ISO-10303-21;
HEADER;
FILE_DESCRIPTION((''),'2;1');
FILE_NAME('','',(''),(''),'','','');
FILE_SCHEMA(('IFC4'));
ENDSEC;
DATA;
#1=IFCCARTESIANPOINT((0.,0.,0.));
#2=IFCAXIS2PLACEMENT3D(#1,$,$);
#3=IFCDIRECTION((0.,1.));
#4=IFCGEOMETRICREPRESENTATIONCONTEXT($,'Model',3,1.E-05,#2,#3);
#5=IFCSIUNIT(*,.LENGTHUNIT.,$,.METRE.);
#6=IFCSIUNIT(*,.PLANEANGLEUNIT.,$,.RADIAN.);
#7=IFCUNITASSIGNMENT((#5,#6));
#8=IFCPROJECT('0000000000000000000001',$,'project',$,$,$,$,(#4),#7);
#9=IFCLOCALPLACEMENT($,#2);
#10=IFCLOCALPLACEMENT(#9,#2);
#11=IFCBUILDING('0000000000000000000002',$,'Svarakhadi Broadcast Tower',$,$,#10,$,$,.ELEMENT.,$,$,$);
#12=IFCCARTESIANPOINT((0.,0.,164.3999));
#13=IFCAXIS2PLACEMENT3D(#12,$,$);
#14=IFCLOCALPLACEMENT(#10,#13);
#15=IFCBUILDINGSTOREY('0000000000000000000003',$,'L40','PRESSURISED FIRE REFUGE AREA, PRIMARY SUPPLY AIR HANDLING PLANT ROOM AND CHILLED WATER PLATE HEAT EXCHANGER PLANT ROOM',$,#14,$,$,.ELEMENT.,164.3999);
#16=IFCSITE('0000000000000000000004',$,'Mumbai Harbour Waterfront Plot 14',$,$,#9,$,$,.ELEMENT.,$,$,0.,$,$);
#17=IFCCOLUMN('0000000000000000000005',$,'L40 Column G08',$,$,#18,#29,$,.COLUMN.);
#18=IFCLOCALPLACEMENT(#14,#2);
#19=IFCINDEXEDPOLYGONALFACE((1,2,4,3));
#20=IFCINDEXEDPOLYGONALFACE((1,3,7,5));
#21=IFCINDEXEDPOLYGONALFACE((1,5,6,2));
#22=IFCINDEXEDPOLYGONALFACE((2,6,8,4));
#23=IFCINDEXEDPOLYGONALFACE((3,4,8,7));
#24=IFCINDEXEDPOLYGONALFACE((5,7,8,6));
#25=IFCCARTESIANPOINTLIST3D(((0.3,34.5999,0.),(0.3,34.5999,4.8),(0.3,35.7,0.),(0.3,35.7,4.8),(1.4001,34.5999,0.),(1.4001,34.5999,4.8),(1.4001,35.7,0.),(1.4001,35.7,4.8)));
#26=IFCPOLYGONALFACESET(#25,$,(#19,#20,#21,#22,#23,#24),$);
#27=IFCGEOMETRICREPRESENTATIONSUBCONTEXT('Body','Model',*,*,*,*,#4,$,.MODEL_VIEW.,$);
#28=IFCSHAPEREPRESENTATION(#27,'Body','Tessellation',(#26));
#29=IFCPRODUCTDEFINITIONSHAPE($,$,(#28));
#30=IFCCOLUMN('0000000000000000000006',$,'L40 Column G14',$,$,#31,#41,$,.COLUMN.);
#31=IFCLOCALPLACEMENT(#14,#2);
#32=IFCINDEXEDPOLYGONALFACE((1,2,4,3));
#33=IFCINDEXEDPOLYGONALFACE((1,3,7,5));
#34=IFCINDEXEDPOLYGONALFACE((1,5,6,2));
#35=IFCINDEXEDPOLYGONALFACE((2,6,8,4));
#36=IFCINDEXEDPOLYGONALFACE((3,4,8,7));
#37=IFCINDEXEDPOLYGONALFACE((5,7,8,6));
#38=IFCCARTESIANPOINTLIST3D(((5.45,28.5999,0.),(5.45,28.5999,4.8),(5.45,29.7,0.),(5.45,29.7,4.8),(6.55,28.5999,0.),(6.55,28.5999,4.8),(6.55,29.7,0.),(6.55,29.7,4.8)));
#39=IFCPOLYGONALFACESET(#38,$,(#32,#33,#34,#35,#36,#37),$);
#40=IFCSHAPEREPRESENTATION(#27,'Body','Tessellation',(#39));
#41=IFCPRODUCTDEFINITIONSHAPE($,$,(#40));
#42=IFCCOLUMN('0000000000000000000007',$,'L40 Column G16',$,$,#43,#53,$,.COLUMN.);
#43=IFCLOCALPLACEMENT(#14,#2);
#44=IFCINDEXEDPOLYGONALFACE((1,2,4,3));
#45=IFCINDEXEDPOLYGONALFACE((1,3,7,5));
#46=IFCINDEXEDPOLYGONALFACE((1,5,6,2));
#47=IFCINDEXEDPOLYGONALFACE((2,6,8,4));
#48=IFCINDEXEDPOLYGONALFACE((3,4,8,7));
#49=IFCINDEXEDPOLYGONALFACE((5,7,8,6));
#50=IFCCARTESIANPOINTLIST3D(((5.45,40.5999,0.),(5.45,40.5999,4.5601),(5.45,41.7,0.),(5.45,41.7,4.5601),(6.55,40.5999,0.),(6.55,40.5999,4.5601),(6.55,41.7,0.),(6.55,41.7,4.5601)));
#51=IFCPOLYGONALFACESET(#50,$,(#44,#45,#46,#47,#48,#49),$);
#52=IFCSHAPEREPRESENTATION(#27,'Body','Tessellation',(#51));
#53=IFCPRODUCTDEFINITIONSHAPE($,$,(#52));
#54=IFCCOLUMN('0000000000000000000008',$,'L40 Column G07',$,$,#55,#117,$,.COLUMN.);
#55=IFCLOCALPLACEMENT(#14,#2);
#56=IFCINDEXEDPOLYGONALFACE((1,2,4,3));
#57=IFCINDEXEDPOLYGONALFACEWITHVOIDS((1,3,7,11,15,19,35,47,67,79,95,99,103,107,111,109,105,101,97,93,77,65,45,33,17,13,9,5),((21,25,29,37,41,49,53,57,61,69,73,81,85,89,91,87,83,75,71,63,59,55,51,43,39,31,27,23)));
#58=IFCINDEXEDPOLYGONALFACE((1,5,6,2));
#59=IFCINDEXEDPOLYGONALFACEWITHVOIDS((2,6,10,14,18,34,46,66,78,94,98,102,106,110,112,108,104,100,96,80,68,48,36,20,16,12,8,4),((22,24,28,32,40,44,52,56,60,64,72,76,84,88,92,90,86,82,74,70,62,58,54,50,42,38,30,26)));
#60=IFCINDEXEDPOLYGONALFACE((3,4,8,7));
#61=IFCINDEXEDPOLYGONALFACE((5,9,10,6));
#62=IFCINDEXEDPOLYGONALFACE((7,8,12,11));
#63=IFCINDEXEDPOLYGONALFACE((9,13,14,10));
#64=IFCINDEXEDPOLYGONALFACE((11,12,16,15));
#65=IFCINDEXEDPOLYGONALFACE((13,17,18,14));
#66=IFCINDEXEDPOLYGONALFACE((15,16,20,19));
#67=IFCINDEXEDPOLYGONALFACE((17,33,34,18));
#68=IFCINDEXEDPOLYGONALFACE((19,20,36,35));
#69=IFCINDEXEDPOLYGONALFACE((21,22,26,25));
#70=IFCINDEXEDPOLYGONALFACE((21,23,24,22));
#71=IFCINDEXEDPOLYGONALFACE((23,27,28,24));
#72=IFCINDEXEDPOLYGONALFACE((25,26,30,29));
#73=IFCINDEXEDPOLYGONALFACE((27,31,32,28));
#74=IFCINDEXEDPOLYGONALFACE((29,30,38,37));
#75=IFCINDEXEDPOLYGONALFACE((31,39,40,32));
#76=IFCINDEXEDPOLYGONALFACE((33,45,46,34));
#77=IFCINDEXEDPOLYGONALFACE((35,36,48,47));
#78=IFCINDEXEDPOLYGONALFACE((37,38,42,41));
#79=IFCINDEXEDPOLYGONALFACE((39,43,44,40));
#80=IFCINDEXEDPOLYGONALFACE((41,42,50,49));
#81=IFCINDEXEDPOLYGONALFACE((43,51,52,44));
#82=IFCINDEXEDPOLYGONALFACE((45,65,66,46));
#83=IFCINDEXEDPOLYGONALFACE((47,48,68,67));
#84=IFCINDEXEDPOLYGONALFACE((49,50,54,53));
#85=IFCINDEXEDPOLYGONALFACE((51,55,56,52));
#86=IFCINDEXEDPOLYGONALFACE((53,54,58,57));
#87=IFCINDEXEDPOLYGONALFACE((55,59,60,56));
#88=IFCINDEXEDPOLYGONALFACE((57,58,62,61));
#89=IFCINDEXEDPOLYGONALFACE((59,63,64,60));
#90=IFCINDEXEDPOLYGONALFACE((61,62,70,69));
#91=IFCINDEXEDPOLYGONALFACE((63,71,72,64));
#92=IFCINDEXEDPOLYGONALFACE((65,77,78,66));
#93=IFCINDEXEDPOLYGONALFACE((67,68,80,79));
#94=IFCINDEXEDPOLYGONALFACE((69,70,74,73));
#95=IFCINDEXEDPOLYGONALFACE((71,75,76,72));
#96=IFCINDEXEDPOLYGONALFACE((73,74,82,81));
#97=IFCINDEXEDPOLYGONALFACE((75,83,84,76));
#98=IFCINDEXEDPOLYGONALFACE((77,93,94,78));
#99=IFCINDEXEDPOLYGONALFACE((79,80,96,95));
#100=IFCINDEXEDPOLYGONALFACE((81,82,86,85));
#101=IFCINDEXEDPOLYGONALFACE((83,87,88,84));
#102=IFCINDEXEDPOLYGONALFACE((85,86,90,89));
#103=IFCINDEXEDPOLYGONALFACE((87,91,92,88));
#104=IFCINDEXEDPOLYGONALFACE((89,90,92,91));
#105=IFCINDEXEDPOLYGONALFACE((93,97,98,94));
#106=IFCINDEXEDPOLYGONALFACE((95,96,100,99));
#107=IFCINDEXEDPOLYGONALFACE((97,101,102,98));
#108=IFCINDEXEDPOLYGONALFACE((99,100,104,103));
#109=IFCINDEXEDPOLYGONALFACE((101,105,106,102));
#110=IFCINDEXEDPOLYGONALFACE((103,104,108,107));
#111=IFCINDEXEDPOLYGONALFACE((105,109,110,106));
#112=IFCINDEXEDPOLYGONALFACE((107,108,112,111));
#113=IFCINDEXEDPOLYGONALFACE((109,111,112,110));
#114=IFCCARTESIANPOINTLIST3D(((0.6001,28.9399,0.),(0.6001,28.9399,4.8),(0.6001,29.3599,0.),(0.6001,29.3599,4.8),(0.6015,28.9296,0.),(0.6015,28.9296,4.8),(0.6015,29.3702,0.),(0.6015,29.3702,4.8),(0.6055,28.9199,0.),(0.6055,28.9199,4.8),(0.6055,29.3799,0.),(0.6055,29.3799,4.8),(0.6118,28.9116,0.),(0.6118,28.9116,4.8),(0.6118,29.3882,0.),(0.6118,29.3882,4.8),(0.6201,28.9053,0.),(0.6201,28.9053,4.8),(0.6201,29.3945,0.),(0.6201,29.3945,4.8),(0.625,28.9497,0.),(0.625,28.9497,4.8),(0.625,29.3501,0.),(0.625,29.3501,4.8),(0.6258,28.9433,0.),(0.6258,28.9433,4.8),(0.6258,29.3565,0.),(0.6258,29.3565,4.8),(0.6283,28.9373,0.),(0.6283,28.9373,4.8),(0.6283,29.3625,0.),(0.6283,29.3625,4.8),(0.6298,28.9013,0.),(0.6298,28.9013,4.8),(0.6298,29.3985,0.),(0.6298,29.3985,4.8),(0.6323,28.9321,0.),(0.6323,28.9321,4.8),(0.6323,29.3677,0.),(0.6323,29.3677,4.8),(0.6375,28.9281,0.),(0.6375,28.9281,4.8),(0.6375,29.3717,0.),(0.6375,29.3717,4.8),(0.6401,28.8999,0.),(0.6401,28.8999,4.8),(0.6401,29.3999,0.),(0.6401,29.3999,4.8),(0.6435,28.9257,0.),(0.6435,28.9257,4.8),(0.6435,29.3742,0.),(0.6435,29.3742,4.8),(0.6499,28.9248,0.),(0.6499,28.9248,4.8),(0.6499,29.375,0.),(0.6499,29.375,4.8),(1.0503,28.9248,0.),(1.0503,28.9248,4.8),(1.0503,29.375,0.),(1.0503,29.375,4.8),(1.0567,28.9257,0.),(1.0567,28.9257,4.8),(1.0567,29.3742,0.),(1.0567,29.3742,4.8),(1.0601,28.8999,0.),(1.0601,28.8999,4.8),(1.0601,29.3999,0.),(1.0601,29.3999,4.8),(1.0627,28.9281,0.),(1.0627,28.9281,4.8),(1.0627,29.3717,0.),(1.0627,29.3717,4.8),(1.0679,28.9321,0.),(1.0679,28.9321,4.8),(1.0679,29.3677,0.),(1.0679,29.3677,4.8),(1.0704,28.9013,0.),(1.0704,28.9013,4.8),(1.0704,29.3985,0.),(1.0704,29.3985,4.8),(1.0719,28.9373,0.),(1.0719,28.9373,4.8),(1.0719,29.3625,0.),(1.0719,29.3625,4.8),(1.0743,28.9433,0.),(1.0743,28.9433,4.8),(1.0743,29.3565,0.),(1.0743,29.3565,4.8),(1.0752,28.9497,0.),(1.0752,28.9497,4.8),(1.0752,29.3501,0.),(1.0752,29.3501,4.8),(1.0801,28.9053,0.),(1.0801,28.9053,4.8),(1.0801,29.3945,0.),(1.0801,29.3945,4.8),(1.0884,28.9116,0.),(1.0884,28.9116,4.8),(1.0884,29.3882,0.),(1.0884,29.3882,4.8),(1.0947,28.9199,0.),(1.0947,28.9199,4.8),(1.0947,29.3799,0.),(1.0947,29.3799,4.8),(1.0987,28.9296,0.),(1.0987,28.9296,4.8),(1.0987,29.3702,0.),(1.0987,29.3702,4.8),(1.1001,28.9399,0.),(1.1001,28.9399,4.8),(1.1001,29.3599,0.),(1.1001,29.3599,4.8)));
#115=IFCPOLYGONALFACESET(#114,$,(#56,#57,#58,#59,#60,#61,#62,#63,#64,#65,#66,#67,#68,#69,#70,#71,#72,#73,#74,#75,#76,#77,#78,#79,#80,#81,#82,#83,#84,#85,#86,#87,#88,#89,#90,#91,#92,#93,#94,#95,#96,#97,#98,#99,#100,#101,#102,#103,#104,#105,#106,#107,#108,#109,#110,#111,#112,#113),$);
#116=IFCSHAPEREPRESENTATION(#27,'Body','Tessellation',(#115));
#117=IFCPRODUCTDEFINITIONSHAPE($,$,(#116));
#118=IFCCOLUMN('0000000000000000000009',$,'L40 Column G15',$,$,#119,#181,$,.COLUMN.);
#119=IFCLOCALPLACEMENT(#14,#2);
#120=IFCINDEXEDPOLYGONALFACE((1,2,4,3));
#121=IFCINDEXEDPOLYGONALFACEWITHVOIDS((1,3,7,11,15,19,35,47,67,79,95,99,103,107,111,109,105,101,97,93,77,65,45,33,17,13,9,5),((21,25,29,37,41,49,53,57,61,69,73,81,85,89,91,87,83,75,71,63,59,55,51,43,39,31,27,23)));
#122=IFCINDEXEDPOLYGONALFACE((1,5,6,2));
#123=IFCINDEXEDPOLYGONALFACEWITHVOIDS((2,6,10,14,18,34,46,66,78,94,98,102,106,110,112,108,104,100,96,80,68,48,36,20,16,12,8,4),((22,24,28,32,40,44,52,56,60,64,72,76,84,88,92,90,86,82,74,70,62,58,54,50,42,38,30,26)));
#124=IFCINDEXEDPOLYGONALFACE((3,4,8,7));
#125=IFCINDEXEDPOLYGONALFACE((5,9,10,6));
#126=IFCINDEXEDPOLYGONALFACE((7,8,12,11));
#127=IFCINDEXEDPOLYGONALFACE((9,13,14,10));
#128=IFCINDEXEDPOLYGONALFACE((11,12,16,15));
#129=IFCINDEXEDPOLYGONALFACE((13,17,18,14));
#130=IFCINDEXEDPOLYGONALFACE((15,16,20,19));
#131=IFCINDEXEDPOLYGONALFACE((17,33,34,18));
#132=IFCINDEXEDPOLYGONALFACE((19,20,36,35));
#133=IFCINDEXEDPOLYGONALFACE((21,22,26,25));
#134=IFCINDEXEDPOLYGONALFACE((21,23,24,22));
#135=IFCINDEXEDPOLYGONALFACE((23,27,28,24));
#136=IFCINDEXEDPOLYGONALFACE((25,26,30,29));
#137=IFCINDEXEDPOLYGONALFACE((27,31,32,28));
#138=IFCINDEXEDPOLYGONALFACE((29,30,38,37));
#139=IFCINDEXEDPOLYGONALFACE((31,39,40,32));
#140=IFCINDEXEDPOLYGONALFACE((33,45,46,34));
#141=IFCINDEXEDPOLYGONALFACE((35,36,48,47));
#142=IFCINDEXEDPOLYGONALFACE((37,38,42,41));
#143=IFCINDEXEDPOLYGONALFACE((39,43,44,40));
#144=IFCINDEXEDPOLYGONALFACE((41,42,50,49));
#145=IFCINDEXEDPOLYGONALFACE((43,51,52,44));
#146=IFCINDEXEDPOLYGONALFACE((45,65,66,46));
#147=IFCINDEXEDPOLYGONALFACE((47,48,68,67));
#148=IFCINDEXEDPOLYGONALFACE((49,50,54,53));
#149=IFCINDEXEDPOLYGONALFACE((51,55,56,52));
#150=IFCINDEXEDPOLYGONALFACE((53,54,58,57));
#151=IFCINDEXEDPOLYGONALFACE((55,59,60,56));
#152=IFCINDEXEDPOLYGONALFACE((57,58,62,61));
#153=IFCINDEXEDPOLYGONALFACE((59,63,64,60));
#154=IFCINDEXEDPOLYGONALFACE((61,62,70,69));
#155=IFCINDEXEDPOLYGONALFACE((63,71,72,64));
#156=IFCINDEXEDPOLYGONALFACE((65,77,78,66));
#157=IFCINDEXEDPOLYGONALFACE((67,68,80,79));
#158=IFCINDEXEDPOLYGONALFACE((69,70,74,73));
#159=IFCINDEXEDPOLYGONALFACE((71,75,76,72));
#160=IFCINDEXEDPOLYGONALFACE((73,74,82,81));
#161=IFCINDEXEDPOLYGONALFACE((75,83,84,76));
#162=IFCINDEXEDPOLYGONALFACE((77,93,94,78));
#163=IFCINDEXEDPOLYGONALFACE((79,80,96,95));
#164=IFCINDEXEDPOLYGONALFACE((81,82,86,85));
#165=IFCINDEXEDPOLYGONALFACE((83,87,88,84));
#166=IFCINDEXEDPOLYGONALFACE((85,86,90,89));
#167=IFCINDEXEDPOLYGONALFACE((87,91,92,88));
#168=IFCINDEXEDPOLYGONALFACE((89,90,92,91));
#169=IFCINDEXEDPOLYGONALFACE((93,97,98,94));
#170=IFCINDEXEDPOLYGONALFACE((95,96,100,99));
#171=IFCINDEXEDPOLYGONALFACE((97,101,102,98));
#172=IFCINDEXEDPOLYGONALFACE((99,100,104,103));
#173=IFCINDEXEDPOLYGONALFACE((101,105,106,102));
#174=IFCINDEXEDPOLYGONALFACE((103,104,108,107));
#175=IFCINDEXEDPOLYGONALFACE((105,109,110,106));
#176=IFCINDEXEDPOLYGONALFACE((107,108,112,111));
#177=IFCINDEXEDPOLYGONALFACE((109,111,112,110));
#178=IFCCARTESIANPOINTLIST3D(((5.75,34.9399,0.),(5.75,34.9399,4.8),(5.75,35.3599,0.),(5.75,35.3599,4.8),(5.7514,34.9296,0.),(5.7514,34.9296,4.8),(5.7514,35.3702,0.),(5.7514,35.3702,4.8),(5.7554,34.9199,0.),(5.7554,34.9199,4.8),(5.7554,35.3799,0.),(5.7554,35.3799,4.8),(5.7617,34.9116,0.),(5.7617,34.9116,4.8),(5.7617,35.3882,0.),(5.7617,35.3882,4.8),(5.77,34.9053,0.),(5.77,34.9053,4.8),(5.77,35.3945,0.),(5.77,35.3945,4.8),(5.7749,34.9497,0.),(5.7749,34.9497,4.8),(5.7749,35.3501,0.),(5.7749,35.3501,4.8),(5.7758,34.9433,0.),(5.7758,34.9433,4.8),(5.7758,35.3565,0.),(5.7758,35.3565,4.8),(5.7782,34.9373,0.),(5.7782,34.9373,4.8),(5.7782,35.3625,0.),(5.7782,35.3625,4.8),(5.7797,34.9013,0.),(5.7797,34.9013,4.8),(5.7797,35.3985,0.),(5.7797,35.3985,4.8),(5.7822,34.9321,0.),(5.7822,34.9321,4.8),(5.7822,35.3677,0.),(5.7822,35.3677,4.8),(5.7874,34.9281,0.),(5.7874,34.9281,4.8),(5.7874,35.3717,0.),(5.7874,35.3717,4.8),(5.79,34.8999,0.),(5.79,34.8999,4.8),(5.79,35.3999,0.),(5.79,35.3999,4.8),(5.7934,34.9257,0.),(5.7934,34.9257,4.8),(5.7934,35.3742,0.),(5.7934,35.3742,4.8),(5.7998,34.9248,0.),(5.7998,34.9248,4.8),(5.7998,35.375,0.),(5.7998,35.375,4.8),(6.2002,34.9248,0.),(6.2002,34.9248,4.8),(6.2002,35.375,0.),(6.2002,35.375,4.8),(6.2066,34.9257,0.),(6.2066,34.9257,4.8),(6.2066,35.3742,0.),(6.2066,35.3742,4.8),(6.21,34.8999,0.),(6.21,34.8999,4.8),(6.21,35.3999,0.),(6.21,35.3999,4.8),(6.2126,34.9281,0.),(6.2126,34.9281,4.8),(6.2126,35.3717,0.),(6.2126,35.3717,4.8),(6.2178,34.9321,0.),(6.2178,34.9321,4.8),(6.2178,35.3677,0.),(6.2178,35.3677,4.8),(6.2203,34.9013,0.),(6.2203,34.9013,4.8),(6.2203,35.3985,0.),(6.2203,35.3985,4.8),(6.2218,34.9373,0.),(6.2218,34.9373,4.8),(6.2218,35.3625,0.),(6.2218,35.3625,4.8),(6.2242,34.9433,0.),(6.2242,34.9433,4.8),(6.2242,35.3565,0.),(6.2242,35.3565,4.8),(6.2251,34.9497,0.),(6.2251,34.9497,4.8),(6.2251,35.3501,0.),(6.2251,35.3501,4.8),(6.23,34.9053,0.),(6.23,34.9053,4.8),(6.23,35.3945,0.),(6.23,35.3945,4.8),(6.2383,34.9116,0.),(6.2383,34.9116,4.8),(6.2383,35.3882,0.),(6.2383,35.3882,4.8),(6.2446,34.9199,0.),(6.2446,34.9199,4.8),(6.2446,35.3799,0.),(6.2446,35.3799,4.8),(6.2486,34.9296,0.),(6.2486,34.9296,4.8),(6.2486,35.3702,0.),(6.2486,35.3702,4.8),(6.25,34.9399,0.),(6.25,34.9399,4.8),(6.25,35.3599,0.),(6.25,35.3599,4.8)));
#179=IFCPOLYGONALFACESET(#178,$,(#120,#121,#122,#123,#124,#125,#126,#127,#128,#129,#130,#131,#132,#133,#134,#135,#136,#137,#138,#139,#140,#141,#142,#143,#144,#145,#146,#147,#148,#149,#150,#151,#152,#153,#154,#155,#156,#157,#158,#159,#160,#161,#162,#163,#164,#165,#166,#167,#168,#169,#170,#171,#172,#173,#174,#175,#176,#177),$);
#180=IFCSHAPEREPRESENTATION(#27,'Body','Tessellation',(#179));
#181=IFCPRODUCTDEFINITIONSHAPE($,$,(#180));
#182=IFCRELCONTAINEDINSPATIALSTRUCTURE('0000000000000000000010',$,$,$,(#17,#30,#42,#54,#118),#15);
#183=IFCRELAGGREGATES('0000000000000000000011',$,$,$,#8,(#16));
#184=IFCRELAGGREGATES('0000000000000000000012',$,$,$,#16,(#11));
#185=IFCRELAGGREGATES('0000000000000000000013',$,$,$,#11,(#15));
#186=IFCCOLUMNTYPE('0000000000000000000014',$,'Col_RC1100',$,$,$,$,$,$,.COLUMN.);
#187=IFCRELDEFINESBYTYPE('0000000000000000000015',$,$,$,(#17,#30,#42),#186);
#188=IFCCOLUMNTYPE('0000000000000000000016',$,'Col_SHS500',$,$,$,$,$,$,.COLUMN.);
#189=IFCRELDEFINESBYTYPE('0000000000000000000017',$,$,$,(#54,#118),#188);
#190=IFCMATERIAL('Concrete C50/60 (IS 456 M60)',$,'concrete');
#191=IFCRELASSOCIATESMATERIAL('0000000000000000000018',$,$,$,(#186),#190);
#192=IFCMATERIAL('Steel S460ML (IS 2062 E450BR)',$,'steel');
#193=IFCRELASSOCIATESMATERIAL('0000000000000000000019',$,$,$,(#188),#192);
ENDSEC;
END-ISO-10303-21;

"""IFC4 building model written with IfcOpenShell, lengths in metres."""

from ifc_helpers import new_model, si_unit, direction, frame, origin, origin_2d, place, context, subcontext, project, spatial, rectangle, hollow_rectangle, extrude, material, material_profile, profile_set, type_object, element, save


model = new_model("IFC4")

# Units and contexts
model_context = context("Model", 3, precision=1e-05, world=origin(), true_north=direction((0.0, 1.0)))
body_context = subcontext(model_context, "Body", "Model", "MODEL_VIEW")
ifc_project = project(units=[si_unit("LENGTHUNIT", "METRE"), si_unit("PLANEANGLEUNIT", "RADIAN")], contexts=[model_context])

# Site, building, storey
site_placement = place(None, origin())
site = spatial("IfcSite", under=ifc_project, at=site_placement, Name="Mumbai Harbour Waterfront Plot 14", CompositionType="ELEMENT", RefElevation=0.0)
building_placement = place(site_placement, origin())
building = spatial("IfcBuilding", under=site, at=building_placement, Name="Svarakhadi Broadcast Tower", CompositionType="ELEMENT")
storey_placement = place(building_placement, frame((0.0, 0.0, 164.3999)))
storey = spatial("IfcBuildingStorey", under=building, at=storey_placement, Name="L40", Description="PRESSURISED FIRE REFUGE AREA, PRIMARY SUPPLY AIR HANDLING PLANT ROOM AND CHILLED WATER PLATE HEAT EXCHANGER PLANT ROOM", CompositionType="ELEMENT", Elevation=164.3999)

# Columns
ifc_material_1 = material(Name="Concrete C50/60 (IS 456 M60)", Category="concrete")
ifc_material_profile_1 = material_profile(ifc_material_1, rectangle(XDim=1.1001, YDim=1.1001, at=origin_2d()), Name="RC 1100x1100")
ifc_profile_set_1 = profile_set([ifc_material_profile_1], Name="Concrete C50/60 (IS 456 M60)")
column_type_1 = type_object("IfcColumnType", Name="Col_RC1100", PredefinedType="COLUMN", material=ifc_profile_set_1)
for number, where, z_axis, x_axis, name in (
    (1, (0.8501, 35.1499, 0.0), (0.0, 0.0, 1.0), (1.0, 0.0, 0.0), "L40 Column G08"),
    (2, (6.0, 29.1499, 0.0), (0.0, 0.0, 1.0), (1.0, 0.0, 0.0), "L40 Column G14"),
):
    element("IfcColumn", number, at=place(storey_placement, frame(where, z_axis=z_axis, x_axis=x_axis)), inside=storey, type_object=column_type_1, Name=name, PredefinedType="COLUMN", context=body_context, shape_type="SweptSolid", body=[
        extrude(rectangle(XDim=1.1001, YDim=1.1001, at=origin_2d()), origin(), (0.0, 0.0, 1.0), 4.8),
    ])
column_placement = place(storey_placement, frame((6.0, 41.1499, 0.0), z_axis=(0.0, 0.0, 1.0), x_axis=(1.0, 0.0, 0.0)))
element("IfcColumn", 3, at=column_placement, inside=storey, type_object=column_type_1, Name="L40 Column G16", PredefinedType="COLUMN", context=body_context, shape_type="SweptSolid", body=[
    extrude(rectangle(XDim=1.1001, YDim=1.1001, at=origin_2d()), origin(), (0.0, 0.0, 1.0), 4.5601),
])
ifc_material_2 = material(Name="Steel S460ML (IS 2062 E450BR)", Category="steel")
ifc_material_profile_2 = material_profile(ifc_material_2, hollow_rectangle(XDim=0.5, YDim=0.5, WallThickness=0.0249, InnerFilletRadius=0.0249, OuterFilletRadius=0.04, at=origin_2d()), Name="SHS 500x500x25")
ifc_profile_set_2 = profile_set([ifc_material_profile_2], Name="Steel S460ML (IS 2062 E450BR)")
column_type_2 = type_object("IfcColumnType", Name="Col_SHS500", PredefinedType="COLUMN", material=ifc_profile_set_2)
for number, where, z_axis, x_axis, name in (
    (4, (0.8501, 29.1499, 0.0), (0.0, 0.0, 1.0), (1.0, 0.0, 0.0), "L40 Column G07"),
    (5, (6.0, 35.1499, 0.0), (0.0, 0.0, 1.0), (1.0, 0.0, 0.0), "L40 Column G15"),
):
    element("IfcColumn", number, at=place(storey_placement, frame(where, z_axis=z_axis, x_axis=x_axis)), inside=storey, type_object=column_type_2, Name=name, PredefinedType="COLUMN", context=body_context, shape_type="SweptSolid", body=[
        extrude(hollow_rectangle(XDim=0.5, YDim=0.5, WallThickness=0.0249, InnerFilletRadius=0.0249, OuterFilletRadius=0.04, at=origin_2d()), origin(), (0.0, 0.0, 1.0), 4.8),
    ])

save(model, "model.ifc")
